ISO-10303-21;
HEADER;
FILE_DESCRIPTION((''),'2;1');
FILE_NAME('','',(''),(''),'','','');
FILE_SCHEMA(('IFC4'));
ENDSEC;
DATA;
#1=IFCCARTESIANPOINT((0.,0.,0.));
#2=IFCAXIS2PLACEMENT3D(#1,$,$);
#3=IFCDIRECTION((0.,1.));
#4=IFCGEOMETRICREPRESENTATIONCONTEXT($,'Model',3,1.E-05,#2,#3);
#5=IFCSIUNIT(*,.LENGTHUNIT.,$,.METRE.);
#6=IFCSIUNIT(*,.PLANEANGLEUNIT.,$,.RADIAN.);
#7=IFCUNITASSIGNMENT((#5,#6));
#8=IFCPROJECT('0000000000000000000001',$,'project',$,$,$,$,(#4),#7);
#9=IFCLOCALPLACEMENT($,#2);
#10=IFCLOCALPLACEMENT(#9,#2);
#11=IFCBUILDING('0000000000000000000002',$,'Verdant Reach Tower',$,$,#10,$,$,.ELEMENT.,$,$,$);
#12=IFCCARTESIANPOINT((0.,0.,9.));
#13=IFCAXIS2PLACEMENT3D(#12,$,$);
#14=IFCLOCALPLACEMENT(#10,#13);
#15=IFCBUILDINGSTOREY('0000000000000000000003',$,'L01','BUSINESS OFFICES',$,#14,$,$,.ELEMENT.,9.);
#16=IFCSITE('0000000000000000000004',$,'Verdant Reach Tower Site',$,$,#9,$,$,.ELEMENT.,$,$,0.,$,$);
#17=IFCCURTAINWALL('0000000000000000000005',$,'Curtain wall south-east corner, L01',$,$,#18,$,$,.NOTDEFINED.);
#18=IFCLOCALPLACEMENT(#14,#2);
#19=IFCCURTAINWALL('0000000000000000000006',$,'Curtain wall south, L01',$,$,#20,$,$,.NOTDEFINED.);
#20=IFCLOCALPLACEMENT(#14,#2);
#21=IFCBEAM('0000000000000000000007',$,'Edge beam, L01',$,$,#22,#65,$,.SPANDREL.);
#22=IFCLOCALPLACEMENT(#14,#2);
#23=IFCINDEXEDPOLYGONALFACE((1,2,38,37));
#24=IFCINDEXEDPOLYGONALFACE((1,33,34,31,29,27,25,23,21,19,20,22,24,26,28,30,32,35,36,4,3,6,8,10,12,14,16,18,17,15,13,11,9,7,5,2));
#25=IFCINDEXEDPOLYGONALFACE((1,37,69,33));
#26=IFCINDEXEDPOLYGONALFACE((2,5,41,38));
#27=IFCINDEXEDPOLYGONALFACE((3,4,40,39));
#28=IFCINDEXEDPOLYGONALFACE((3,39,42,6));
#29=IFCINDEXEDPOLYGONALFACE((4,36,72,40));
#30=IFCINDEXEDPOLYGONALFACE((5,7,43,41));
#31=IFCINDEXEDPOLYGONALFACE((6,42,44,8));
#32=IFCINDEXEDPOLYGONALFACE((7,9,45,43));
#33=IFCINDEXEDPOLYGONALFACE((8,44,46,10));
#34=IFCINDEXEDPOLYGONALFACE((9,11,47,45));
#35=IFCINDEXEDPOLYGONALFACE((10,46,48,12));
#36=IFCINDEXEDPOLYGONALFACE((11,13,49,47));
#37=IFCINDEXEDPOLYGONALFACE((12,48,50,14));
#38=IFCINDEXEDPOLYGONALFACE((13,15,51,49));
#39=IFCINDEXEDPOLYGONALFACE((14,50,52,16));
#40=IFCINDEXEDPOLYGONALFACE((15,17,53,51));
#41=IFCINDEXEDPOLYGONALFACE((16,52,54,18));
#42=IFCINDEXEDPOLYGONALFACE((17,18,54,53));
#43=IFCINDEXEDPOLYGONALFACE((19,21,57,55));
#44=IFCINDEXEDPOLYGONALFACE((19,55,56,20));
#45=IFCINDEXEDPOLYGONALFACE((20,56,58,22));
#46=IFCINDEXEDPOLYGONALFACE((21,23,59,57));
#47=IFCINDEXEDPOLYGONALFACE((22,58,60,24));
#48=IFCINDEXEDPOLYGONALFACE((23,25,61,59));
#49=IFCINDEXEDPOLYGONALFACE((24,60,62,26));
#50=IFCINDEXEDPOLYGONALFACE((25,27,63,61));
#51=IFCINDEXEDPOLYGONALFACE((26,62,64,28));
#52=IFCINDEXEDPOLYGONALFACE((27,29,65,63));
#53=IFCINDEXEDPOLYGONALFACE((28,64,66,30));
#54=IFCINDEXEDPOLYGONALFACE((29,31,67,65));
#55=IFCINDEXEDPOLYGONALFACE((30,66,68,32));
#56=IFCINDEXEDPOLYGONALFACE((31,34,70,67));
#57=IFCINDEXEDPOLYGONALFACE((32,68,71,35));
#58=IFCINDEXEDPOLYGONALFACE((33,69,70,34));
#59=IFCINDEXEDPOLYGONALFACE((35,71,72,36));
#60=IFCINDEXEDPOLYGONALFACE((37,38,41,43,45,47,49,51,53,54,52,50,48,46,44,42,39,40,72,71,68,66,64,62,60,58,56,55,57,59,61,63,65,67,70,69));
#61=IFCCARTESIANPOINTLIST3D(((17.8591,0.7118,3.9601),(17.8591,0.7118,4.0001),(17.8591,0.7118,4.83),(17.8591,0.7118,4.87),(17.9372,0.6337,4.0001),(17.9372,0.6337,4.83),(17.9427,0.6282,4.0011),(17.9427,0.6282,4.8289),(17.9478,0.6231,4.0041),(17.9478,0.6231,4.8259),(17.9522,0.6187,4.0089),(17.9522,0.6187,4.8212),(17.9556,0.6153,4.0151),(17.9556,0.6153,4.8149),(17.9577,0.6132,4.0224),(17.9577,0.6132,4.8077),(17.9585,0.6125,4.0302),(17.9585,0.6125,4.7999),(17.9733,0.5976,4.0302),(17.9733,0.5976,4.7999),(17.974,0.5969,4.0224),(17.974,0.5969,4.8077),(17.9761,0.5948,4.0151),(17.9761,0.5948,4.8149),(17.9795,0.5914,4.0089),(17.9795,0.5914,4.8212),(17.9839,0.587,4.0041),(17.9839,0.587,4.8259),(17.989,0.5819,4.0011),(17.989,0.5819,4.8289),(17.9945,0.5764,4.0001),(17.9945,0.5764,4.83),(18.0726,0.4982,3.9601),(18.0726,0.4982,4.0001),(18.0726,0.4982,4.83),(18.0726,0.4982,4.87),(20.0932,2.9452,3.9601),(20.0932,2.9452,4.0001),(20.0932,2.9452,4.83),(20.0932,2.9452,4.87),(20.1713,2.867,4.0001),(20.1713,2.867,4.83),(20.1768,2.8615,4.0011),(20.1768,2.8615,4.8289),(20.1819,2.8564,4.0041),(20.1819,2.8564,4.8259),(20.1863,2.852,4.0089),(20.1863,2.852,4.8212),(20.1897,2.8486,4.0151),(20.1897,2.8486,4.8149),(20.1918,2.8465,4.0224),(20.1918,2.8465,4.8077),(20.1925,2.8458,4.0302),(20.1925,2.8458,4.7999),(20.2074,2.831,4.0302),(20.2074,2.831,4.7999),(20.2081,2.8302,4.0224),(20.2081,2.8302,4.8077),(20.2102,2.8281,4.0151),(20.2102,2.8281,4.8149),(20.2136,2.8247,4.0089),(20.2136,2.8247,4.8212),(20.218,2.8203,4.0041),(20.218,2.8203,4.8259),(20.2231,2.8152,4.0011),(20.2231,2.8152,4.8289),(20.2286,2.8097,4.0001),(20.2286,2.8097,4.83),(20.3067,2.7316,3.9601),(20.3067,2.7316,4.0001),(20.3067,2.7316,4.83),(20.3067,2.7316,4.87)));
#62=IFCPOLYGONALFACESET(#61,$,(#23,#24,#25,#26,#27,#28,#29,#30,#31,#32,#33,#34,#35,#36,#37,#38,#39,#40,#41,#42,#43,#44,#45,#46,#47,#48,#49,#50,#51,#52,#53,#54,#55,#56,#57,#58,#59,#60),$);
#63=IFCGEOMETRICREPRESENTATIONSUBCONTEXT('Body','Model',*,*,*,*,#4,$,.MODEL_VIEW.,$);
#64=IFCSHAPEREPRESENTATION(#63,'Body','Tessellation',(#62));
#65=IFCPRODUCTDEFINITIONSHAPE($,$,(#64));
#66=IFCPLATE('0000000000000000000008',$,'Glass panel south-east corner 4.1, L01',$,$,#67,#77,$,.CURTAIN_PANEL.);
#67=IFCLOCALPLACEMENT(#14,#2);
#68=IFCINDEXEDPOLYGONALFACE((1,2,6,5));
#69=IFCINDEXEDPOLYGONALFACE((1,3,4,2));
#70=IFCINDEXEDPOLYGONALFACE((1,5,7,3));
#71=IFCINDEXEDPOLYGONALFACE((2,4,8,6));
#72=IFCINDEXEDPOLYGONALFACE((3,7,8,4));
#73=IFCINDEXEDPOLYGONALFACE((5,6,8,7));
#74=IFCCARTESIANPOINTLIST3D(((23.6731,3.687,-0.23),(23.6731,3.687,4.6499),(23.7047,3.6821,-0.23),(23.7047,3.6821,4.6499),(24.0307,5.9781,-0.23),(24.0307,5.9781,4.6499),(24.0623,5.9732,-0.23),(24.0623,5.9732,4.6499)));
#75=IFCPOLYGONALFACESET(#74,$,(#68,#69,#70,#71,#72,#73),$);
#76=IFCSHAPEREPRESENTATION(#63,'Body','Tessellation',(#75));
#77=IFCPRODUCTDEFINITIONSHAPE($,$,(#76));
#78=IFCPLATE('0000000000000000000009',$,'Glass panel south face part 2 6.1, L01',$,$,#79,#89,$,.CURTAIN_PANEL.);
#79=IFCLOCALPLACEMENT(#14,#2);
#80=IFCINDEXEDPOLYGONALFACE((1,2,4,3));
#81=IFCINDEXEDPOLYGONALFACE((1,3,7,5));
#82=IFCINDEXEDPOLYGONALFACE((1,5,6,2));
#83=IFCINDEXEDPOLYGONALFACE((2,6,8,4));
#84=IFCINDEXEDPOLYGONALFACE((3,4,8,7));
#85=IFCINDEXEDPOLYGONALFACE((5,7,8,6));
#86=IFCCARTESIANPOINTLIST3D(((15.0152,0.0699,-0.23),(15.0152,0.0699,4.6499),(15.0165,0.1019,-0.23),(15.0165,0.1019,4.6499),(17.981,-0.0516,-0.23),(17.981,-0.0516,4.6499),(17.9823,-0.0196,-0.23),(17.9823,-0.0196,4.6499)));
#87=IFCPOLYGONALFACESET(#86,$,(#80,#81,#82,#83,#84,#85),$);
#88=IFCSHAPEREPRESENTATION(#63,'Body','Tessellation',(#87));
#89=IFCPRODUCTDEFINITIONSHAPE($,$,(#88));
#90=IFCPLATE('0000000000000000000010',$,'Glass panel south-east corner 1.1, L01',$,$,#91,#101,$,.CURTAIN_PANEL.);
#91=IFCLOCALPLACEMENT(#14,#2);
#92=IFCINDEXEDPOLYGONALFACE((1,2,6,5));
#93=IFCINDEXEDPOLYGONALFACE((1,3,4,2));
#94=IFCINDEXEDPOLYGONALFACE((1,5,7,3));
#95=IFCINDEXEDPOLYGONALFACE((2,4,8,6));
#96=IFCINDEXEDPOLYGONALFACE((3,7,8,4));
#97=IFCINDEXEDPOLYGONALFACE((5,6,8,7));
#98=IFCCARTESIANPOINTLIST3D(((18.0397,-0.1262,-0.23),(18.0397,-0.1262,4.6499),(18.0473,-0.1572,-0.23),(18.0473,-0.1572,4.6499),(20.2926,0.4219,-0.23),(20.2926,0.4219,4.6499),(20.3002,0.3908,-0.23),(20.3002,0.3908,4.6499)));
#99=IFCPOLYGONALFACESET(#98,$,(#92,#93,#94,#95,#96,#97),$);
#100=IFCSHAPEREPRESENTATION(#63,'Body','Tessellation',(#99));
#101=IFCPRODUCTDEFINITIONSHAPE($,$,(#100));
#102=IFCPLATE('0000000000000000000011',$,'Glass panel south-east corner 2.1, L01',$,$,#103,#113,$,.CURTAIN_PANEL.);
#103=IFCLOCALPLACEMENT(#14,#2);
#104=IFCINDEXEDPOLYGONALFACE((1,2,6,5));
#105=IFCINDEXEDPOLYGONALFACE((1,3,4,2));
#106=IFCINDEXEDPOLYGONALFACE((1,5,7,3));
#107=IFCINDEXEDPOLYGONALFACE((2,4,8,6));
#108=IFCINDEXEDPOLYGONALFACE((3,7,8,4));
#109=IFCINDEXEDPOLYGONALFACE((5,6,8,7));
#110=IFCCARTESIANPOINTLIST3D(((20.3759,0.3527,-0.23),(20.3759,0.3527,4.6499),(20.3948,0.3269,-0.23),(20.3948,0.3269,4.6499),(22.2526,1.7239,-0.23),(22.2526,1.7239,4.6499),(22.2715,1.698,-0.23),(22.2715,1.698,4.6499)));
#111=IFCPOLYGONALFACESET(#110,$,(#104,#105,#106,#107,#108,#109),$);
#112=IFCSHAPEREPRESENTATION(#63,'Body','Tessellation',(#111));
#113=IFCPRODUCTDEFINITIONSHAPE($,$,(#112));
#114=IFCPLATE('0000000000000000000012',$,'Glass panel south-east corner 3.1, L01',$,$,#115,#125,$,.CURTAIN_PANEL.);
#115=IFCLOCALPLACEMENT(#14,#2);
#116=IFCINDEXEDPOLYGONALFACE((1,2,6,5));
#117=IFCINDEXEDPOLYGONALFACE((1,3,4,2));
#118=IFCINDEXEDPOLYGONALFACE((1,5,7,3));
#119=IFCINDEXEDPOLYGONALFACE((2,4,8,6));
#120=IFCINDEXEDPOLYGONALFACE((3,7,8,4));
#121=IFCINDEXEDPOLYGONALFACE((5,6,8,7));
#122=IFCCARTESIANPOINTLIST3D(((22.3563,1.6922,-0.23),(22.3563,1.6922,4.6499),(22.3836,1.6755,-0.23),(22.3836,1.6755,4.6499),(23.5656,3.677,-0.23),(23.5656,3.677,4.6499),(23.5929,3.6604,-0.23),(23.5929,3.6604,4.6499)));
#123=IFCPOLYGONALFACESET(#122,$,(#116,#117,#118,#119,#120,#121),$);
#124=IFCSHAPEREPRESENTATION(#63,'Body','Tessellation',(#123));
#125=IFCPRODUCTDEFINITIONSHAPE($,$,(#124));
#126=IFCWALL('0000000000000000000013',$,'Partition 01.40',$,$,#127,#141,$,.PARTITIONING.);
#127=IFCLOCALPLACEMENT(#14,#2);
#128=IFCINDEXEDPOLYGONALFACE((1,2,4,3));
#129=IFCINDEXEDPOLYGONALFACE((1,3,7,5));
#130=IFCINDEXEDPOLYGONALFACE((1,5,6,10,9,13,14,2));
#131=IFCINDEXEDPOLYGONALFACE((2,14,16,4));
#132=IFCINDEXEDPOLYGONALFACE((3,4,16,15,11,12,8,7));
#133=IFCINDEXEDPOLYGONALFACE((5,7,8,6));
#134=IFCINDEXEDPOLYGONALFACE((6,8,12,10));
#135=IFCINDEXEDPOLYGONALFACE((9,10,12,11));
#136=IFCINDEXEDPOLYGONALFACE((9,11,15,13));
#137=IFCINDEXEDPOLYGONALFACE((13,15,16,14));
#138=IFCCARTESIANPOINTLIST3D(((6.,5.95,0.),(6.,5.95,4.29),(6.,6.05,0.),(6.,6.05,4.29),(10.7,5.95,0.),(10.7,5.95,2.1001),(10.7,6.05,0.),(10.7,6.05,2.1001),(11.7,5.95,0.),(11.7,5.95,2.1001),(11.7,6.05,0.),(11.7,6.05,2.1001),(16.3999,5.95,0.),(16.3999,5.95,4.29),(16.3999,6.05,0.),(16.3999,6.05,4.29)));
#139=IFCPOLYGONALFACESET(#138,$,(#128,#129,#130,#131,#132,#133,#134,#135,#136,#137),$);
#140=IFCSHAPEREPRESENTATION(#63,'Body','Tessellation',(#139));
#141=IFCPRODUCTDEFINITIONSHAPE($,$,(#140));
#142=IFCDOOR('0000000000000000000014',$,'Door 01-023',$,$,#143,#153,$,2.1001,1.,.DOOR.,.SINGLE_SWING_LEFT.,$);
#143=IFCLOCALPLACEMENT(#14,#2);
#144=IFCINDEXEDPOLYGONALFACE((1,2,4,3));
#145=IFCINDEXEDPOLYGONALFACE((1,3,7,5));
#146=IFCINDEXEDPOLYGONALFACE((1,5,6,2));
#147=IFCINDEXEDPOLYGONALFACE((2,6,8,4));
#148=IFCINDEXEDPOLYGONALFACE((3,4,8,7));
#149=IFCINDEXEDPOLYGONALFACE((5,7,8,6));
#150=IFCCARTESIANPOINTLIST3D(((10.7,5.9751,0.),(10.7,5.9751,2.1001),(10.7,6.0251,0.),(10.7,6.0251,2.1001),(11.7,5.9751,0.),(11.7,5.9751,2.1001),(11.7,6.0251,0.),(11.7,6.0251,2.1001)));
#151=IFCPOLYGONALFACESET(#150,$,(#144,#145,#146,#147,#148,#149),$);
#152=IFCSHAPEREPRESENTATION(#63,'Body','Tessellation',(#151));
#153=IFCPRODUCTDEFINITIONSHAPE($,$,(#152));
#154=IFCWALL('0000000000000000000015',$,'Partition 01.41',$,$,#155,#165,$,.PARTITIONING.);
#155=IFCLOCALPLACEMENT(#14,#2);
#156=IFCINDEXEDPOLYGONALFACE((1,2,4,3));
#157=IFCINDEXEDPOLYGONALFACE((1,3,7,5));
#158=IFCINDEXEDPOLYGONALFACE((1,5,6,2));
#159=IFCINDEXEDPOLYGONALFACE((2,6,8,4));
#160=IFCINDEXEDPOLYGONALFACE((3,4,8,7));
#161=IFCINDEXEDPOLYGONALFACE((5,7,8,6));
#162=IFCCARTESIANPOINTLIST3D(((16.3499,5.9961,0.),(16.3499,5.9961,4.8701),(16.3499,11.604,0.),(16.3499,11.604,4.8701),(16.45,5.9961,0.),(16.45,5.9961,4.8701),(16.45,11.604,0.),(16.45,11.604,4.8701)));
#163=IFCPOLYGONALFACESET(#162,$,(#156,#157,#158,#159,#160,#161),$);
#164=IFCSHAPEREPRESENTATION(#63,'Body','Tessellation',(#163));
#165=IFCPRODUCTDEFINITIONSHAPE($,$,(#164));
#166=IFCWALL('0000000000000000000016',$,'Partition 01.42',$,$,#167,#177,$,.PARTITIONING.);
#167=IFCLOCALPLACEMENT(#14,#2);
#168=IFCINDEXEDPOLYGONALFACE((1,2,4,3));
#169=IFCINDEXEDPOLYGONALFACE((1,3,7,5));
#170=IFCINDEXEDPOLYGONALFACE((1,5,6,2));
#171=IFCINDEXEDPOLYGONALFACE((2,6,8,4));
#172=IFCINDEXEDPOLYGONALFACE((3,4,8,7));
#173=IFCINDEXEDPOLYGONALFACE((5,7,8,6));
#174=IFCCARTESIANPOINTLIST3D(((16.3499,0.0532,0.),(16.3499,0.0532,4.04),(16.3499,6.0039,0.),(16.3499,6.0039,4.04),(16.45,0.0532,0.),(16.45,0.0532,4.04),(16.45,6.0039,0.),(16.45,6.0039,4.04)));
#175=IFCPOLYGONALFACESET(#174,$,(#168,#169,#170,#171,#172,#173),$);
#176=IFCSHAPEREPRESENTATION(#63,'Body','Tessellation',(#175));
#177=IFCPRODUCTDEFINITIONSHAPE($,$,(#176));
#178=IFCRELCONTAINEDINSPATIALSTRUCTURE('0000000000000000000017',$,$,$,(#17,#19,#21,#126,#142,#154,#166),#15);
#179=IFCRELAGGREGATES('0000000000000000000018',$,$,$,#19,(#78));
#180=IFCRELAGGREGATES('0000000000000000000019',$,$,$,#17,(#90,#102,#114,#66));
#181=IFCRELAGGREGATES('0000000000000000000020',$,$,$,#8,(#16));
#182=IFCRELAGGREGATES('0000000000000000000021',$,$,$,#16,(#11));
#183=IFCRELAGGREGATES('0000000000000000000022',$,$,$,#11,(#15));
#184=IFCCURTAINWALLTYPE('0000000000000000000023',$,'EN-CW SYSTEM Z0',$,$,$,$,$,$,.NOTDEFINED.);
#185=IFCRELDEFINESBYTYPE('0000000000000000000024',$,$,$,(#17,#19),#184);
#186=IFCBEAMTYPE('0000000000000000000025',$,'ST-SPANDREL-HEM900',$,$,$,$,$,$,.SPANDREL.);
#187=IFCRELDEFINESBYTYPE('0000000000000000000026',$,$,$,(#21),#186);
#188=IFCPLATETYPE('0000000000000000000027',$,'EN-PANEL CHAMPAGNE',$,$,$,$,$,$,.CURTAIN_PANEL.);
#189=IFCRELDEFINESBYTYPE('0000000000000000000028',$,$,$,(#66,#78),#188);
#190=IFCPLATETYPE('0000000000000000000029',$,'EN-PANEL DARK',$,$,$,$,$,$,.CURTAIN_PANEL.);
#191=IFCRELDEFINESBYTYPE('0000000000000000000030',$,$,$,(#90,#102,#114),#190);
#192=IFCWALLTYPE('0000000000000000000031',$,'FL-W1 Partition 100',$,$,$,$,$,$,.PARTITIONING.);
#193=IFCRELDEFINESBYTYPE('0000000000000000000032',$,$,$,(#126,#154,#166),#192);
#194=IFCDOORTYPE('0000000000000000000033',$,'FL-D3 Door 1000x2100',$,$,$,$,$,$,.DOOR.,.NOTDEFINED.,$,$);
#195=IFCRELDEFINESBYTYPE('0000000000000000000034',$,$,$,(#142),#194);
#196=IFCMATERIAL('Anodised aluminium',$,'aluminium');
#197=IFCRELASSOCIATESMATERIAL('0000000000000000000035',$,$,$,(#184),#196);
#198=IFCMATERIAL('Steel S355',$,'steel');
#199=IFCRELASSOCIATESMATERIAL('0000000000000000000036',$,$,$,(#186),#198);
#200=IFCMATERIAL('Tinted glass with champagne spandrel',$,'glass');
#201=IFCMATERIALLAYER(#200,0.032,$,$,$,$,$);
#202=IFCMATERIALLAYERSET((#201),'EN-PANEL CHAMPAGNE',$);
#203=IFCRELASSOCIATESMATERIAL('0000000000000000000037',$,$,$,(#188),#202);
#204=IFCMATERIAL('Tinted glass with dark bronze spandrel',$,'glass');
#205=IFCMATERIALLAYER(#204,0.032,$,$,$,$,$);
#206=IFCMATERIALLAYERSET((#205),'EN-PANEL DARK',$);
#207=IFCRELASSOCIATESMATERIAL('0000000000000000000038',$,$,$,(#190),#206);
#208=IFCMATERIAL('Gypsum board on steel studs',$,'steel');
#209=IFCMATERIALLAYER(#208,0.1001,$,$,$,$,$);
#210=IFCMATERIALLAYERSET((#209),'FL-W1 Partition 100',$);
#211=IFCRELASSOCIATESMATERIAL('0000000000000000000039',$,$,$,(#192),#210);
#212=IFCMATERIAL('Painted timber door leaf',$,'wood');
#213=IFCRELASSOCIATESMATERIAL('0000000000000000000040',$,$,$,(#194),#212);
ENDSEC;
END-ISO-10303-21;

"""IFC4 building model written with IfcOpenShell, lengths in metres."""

from ifc_helpers import new_model, si_unit, direction, frame, frame_2d, origin, origin_2d, place, context, subcontext, project, spatial, rectangle, i_section, extrude, material, layer, layer_set, material_profile, profile_set, type_object, element, fill, aggregate, save


model = new_model("IFC4")

# Units and contexts
model_context = context("Model", 3, precision=1e-05, world=origin(), true_north=direction((0.0, 1.0)))
body_context = subcontext(model_context, "Body", "Model", "MODEL_VIEW")
ifc_project = project(units=[si_unit("LENGTHUNIT", "METRE"), si_unit("PLANEANGLEUNIT", "RADIAN")], contexts=[model_context])

# Site, building, storey
site_placement = place(None, origin())
site = spatial("IfcSite", under=ifc_project, at=site_placement, Name="Verdant Reach Tower Site", CompositionType="ELEMENT", RefElevation=0.0)
building_placement = place(site_placement, origin())
building = spatial("IfcBuilding", under=site, at=building_placement, Name="Verdant Reach Tower", CompositionType="ELEMENT")
storey_placement = place(building_placement, frame((0.0, 0.0, 9.0)))
storey = spatial("IfcBuildingStorey", under=building, at=storey_placement, Name="L01", Description="BUSINESS OFFICES", CompositionType="ELEMENT", Elevation=9.0)

# Curtain wall
ifc_material_1 = material(Name="Anodised aluminium", Category="aluminium")
curtain_wall_type = type_object("IfcCurtainWallType", Name="EN-CW SYSTEM Z0", PredefinedType="NOTDEFINED", material=ifc_material_1)
curtain_wall_1_placement = place(storey_placement, origin())
curtain_wall_1 = element("IfcCurtainWall", 1, at=curtain_wall_1_placement, inside=storey, type_object=curtain_wall_type, Name="Curtain wall south-east corner, L01", PredefinedType="NOTDEFINED")

# Curtain wall
curtain_wall_2_placement = place(storey_placement, origin())
curtain_wall_2 = element("IfcCurtainWall", 2, at=curtain_wall_2_placement, inside=storey, type_object=curtain_wall_type, Name="Curtain wall south, L01", PredefinedType="NOTDEFINED")

# Beam
ifc_material_2 = material(Name="Steel S355", Category="steel")
ifc_material_profile_1 = material_profile(ifc_material_2, i_section(OverallWidth=0.302, OverallDepth=0.9099, WebThickness=0.021, FlangeThickness=0.04, FilletRadius=0.03, at=origin_2d()), Name="HEM 900")
ifc_profile_set_1 = profile_set([ifc_material_profile_1], Name="Steel S355")
beam_type_1 = type_object("IfcBeamType", Name="ST-SPANDREL-HEM900", PredefinedType="SPANDREL", material=ifc_profile_set_1)
beam_1_placement = place(storey_placement, frame((20.2, 2.8384, 4.415), z_axis=(-0.707223, -0.706991, 0.0), x_axis=(0.706991, -0.707223, 0.0)))
element("IfcBeam", 3, at=beam_1_placement, inside=storey, type_object=beam_type_1, Name="Edge beam, L01", PredefinedType="SPANDREL", context=body_context, shape_type="SweptSolid", body=[
    extrude(i_section(OverallWidth=0.302, OverallDepth=0.9099, WebThickness=0.021, FlangeThickness=0.04, FilletRadius=0.03, at=origin_2d()), origin(), (0.0, 0.0, 1.0), 3.1589),
])

# Plates
ifc_material_3 = material(Name="Tinted glass with champagne spandrel", Category="glass")
ifc_layer_1 = layer(ifc_material_3, 0.032)
ifc_layer_set_1 = layer_set([ifc_layer_1], Name="EN-PANEL CHAMPAGNE")
plate_type_1 = type_object("IfcPlateType", Name="EN-PANEL CHAMPAGNE", PredefinedType="CURTAIN_PANEL", material=ifc_layer_set_1)
plate_1_placement = place(storey_placement, frame((23.8677, 4.8301, -0.23), z_axis=(0.0, 0.0, 1.0), x_axis=(0.154211, 0.988038, 0.0)))
plate_1 = element("IfcPlate", 4, at=plate_1_placement, type_object=plate_type_1, Name="Glass panel south-east corner 4.1, L01", PredefinedType="CURTAIN_PANEL", context=body_context, shape_type="SweptSolid", body=[
    extrude(rectangle(XDim=2.3188, YDim=0.032, at=origin_2d()), origin(), (0.0, 0.0, 1.0), 4.8799),
])
plate_2_placement = place(storey_placement, frame((16.4988, 0.0251, -0.23), z_axis=(0.0, 0.0, 1.0), x_axis=(0.999162, -0.04092, 0.0)))
plate_2 = element("IfcPlate", 5, at=plate_2_placement, type_object=plate_type_1, Name="Glass panel south face part 2 6.1, L01", PredefinedType="CURTAIN_PANEL", context=body_context, shape_type="SweptSolid", body=[
    extrude(rectangle(XDim=2.9683, YDim=0.032, at=origin_2d()), origin(), (0.0, 0.0, 1.0), 4.8799),
])
aggregate(curtain_wall_2, [plate_2])
ifc_material_4 = material(Name="Tinted glass with dark bronze spandrel", Category="glass")
ifc_layer_2 = layer(ifc_material_4, 0.032)
ifc_layer_set_2 = layer_set([ifc_layer_2], Name="EN-PANEL DARK")
plate_type_2 = type_object("IfcPlateType", Name="EN-PANEL DARK", PredefinedType="CURTAIN_PANEL", material=ifc_layer_set_2)
plate_3_placement = place(storey_placement, frame((19.1699, 0.1323, -0.23), z_axis=(0.0, 0.0, 1.0), x_axis=(0.971663, 0.236369, 0.0)))
plate_3 = element("IfcPlate", 6, at=plate_3_placement, type_object=plate_type_2, Name="Glass panel south-east corner 1.1, L01", PredefinedType="CURTAIN_PANEL", context=body_context, shape_type="SweptSolid", body=[
    extrude(rectangle(XDim=2.3186, YDim=0.032, at=origin_2d()), origin(), (0.0, 0.0, 1.0), 4.8799),
])
plate_4_placement = place(storey_placement, frame((21.3237, 1.0254, -0.23), z_axis=(0.0, 0.0, 1.0), x_axis=(0.807457, 0.589927, 0.0)))
plate_4 = element("IfcPlate", 7, at=plate_4_placement, type_object=plate_type_2, Name="Glass panel south-east corner 2.1, L01", PredefinedType="CURTAIN_PANEL", context=body_context, shape_type="SweptSolid", body=[
    extrude(rectangle(XDim=2.3242, YDim=0.032, at=origin_2d()), origin(), (0.0, 0.0, 1.0), 4.8799),
])
plate_5_placement = place(storey_placement, frame((22.9746, 2.6763, -0.23), z_axis=(0.0, 0.0, 1.0), x_axis=(0.520292, 0.853989, 0.0)))
plate_5 = element("IfcPlate", 8, at=plate_5_placement, type_object=plate_type_2, Name="Glass panel south-east corner 3.1, L01", PredefinedType="CURTAIN_PANEL", context=body_context, shape_type="SweptSolid", body=[
    extrude(rectangle(XDim=2.3242, YDim=0.032, at=origin_2d()), origin(), (0.0, 0.0, 1.0), 4.8799),
])
aggregate(curtain_wall_1, [plate_3, plate_4, plate_5, plate_1])

# Wall, opening, door
ifc_material_5 = material(Name="Gypsum board on steel studs", Category="steel")
ifc_layer_3 = layer(ifc_material_5, 0.1001)
ifc_layer_set_3 = layer_set([ifc_layer_3], Name="FL-W1 Partition 100")
wall_type = type_object("IfcWallType", Name="FL-W1 Partition 100", PredefinedType="PARTITIONING", material=ifc_layer_set_3)
wall_1_placement = place(storey_placement, frame((16.3999, 6.0, 0.0), z_axis=(0.0, 0.0, 1.0), x_axis=(-1.0, 0.0, 0.0)))
wall_1 = element("IfcWall", 9, at=wall_1_placement, inside=storey, type_object=wall_type, Name="Partition 01.40", PredefinedType="PARTITIONING", context=body_context, shape_type="SweptSolid", body=[
    extrude(rectangle(XDim=10.3999, YDim=0.1001, at=frame_2d((5.2, 0.0))), origin(), (0.0, 0.0, 1.0), 4.29),
])
opening_placement = place(wall_1_placement, frame((4.7, 0.0, 0.0)))
opening = element("IfcOpeningElement", 10, at=opening_placement, cuts=wall_1, PredefinedType="OPENING", context=body_context, shape_type="SweptSolid", body=[
    extrude(rectangle(XDim=1.0, YDim=2.1001, at=frame_2d((0.5, 1.05))), frame((0.0, 0.0601, 0.0), z_axis=(0.0, -1.0, 0.0), x_axis=(1.0, 0.0, 0.0)), (0.0, 0.0, 1.0), 0.1201),
])
ifc_material_6 = material(Name="Painted timber door leaf", Category="wood")
door_type = type_object("IfcDoorType", Name="FL-D3 Door 1000x2100", OperationType="NOTDEFINED", PredefinedType="DOOR", material=ifc_material_6)
door_placement = place(opening_placement, origin())
door = element("IfcDoor", 11, at=door_placement, inside=storey, type_object=door_type, Name="Door 01-023", OperationType="SINGLE_SWING_LEFT", OverallHeight=2.1001, OverallWidth=1.0, PredefinedType="DOOR", context=body_context, shape_type="SweptSolid", body=[
    extrude(rectangle(XDim=1.0, YDim=2.1001, at=frame_2d((0.5, 1.05))), frame((0.0, 0.0249, 0.0), z_axis=(0.0, -1.0, 0.0), x_axis=(1.0, 0.0, 0.0)), (0.0, 0.0, 1.0), 0.05),
])
fill(opening, door)

# Walls
wall_2_placement = place(storey_placement, frame((16.3999, 5.9961, 0.0), z_axis=(0.0, 0.0, 1.0), x_axis=(0.0, 1.0, 0.0)))
element("IfcWall", 12, at=wall_2_placement, inside=storey, type_object=wall_type, Name="Partition 01.41", PredefinedType="PARTITIONING", context=body_context, shape_type="SweptSolid", body=[
    extrude(rectangle(XDim=5.6079, YDim=0.1001, at=frame_2d((2.804, 0.0))), origin(), (0.0, 0.0, 1.0), 4.8701),
])
wall_3_placement = place(storey_placement, frame((16.3999, 0.0532, 0.0), z_axis=(0.0, 0.0, 1.0), x_axis=(0.0, 1.0, 0.0)))
element("IfcWall", 13, at=wall_3_placement, inside=storey, type_object=wall_type, Name="Partition 01.42", PredefinedType="PARTITIONING", context=body_context, shape_type="SweptSolid", body=[
    extrude(rectangle(XDim=5.9507, YDim=0.1001, at=frame_2d((2.9753, 0.0))), origin(), (0.0, 0.0, 1.0), 4.04),
])

save(model, "model.ifc")
